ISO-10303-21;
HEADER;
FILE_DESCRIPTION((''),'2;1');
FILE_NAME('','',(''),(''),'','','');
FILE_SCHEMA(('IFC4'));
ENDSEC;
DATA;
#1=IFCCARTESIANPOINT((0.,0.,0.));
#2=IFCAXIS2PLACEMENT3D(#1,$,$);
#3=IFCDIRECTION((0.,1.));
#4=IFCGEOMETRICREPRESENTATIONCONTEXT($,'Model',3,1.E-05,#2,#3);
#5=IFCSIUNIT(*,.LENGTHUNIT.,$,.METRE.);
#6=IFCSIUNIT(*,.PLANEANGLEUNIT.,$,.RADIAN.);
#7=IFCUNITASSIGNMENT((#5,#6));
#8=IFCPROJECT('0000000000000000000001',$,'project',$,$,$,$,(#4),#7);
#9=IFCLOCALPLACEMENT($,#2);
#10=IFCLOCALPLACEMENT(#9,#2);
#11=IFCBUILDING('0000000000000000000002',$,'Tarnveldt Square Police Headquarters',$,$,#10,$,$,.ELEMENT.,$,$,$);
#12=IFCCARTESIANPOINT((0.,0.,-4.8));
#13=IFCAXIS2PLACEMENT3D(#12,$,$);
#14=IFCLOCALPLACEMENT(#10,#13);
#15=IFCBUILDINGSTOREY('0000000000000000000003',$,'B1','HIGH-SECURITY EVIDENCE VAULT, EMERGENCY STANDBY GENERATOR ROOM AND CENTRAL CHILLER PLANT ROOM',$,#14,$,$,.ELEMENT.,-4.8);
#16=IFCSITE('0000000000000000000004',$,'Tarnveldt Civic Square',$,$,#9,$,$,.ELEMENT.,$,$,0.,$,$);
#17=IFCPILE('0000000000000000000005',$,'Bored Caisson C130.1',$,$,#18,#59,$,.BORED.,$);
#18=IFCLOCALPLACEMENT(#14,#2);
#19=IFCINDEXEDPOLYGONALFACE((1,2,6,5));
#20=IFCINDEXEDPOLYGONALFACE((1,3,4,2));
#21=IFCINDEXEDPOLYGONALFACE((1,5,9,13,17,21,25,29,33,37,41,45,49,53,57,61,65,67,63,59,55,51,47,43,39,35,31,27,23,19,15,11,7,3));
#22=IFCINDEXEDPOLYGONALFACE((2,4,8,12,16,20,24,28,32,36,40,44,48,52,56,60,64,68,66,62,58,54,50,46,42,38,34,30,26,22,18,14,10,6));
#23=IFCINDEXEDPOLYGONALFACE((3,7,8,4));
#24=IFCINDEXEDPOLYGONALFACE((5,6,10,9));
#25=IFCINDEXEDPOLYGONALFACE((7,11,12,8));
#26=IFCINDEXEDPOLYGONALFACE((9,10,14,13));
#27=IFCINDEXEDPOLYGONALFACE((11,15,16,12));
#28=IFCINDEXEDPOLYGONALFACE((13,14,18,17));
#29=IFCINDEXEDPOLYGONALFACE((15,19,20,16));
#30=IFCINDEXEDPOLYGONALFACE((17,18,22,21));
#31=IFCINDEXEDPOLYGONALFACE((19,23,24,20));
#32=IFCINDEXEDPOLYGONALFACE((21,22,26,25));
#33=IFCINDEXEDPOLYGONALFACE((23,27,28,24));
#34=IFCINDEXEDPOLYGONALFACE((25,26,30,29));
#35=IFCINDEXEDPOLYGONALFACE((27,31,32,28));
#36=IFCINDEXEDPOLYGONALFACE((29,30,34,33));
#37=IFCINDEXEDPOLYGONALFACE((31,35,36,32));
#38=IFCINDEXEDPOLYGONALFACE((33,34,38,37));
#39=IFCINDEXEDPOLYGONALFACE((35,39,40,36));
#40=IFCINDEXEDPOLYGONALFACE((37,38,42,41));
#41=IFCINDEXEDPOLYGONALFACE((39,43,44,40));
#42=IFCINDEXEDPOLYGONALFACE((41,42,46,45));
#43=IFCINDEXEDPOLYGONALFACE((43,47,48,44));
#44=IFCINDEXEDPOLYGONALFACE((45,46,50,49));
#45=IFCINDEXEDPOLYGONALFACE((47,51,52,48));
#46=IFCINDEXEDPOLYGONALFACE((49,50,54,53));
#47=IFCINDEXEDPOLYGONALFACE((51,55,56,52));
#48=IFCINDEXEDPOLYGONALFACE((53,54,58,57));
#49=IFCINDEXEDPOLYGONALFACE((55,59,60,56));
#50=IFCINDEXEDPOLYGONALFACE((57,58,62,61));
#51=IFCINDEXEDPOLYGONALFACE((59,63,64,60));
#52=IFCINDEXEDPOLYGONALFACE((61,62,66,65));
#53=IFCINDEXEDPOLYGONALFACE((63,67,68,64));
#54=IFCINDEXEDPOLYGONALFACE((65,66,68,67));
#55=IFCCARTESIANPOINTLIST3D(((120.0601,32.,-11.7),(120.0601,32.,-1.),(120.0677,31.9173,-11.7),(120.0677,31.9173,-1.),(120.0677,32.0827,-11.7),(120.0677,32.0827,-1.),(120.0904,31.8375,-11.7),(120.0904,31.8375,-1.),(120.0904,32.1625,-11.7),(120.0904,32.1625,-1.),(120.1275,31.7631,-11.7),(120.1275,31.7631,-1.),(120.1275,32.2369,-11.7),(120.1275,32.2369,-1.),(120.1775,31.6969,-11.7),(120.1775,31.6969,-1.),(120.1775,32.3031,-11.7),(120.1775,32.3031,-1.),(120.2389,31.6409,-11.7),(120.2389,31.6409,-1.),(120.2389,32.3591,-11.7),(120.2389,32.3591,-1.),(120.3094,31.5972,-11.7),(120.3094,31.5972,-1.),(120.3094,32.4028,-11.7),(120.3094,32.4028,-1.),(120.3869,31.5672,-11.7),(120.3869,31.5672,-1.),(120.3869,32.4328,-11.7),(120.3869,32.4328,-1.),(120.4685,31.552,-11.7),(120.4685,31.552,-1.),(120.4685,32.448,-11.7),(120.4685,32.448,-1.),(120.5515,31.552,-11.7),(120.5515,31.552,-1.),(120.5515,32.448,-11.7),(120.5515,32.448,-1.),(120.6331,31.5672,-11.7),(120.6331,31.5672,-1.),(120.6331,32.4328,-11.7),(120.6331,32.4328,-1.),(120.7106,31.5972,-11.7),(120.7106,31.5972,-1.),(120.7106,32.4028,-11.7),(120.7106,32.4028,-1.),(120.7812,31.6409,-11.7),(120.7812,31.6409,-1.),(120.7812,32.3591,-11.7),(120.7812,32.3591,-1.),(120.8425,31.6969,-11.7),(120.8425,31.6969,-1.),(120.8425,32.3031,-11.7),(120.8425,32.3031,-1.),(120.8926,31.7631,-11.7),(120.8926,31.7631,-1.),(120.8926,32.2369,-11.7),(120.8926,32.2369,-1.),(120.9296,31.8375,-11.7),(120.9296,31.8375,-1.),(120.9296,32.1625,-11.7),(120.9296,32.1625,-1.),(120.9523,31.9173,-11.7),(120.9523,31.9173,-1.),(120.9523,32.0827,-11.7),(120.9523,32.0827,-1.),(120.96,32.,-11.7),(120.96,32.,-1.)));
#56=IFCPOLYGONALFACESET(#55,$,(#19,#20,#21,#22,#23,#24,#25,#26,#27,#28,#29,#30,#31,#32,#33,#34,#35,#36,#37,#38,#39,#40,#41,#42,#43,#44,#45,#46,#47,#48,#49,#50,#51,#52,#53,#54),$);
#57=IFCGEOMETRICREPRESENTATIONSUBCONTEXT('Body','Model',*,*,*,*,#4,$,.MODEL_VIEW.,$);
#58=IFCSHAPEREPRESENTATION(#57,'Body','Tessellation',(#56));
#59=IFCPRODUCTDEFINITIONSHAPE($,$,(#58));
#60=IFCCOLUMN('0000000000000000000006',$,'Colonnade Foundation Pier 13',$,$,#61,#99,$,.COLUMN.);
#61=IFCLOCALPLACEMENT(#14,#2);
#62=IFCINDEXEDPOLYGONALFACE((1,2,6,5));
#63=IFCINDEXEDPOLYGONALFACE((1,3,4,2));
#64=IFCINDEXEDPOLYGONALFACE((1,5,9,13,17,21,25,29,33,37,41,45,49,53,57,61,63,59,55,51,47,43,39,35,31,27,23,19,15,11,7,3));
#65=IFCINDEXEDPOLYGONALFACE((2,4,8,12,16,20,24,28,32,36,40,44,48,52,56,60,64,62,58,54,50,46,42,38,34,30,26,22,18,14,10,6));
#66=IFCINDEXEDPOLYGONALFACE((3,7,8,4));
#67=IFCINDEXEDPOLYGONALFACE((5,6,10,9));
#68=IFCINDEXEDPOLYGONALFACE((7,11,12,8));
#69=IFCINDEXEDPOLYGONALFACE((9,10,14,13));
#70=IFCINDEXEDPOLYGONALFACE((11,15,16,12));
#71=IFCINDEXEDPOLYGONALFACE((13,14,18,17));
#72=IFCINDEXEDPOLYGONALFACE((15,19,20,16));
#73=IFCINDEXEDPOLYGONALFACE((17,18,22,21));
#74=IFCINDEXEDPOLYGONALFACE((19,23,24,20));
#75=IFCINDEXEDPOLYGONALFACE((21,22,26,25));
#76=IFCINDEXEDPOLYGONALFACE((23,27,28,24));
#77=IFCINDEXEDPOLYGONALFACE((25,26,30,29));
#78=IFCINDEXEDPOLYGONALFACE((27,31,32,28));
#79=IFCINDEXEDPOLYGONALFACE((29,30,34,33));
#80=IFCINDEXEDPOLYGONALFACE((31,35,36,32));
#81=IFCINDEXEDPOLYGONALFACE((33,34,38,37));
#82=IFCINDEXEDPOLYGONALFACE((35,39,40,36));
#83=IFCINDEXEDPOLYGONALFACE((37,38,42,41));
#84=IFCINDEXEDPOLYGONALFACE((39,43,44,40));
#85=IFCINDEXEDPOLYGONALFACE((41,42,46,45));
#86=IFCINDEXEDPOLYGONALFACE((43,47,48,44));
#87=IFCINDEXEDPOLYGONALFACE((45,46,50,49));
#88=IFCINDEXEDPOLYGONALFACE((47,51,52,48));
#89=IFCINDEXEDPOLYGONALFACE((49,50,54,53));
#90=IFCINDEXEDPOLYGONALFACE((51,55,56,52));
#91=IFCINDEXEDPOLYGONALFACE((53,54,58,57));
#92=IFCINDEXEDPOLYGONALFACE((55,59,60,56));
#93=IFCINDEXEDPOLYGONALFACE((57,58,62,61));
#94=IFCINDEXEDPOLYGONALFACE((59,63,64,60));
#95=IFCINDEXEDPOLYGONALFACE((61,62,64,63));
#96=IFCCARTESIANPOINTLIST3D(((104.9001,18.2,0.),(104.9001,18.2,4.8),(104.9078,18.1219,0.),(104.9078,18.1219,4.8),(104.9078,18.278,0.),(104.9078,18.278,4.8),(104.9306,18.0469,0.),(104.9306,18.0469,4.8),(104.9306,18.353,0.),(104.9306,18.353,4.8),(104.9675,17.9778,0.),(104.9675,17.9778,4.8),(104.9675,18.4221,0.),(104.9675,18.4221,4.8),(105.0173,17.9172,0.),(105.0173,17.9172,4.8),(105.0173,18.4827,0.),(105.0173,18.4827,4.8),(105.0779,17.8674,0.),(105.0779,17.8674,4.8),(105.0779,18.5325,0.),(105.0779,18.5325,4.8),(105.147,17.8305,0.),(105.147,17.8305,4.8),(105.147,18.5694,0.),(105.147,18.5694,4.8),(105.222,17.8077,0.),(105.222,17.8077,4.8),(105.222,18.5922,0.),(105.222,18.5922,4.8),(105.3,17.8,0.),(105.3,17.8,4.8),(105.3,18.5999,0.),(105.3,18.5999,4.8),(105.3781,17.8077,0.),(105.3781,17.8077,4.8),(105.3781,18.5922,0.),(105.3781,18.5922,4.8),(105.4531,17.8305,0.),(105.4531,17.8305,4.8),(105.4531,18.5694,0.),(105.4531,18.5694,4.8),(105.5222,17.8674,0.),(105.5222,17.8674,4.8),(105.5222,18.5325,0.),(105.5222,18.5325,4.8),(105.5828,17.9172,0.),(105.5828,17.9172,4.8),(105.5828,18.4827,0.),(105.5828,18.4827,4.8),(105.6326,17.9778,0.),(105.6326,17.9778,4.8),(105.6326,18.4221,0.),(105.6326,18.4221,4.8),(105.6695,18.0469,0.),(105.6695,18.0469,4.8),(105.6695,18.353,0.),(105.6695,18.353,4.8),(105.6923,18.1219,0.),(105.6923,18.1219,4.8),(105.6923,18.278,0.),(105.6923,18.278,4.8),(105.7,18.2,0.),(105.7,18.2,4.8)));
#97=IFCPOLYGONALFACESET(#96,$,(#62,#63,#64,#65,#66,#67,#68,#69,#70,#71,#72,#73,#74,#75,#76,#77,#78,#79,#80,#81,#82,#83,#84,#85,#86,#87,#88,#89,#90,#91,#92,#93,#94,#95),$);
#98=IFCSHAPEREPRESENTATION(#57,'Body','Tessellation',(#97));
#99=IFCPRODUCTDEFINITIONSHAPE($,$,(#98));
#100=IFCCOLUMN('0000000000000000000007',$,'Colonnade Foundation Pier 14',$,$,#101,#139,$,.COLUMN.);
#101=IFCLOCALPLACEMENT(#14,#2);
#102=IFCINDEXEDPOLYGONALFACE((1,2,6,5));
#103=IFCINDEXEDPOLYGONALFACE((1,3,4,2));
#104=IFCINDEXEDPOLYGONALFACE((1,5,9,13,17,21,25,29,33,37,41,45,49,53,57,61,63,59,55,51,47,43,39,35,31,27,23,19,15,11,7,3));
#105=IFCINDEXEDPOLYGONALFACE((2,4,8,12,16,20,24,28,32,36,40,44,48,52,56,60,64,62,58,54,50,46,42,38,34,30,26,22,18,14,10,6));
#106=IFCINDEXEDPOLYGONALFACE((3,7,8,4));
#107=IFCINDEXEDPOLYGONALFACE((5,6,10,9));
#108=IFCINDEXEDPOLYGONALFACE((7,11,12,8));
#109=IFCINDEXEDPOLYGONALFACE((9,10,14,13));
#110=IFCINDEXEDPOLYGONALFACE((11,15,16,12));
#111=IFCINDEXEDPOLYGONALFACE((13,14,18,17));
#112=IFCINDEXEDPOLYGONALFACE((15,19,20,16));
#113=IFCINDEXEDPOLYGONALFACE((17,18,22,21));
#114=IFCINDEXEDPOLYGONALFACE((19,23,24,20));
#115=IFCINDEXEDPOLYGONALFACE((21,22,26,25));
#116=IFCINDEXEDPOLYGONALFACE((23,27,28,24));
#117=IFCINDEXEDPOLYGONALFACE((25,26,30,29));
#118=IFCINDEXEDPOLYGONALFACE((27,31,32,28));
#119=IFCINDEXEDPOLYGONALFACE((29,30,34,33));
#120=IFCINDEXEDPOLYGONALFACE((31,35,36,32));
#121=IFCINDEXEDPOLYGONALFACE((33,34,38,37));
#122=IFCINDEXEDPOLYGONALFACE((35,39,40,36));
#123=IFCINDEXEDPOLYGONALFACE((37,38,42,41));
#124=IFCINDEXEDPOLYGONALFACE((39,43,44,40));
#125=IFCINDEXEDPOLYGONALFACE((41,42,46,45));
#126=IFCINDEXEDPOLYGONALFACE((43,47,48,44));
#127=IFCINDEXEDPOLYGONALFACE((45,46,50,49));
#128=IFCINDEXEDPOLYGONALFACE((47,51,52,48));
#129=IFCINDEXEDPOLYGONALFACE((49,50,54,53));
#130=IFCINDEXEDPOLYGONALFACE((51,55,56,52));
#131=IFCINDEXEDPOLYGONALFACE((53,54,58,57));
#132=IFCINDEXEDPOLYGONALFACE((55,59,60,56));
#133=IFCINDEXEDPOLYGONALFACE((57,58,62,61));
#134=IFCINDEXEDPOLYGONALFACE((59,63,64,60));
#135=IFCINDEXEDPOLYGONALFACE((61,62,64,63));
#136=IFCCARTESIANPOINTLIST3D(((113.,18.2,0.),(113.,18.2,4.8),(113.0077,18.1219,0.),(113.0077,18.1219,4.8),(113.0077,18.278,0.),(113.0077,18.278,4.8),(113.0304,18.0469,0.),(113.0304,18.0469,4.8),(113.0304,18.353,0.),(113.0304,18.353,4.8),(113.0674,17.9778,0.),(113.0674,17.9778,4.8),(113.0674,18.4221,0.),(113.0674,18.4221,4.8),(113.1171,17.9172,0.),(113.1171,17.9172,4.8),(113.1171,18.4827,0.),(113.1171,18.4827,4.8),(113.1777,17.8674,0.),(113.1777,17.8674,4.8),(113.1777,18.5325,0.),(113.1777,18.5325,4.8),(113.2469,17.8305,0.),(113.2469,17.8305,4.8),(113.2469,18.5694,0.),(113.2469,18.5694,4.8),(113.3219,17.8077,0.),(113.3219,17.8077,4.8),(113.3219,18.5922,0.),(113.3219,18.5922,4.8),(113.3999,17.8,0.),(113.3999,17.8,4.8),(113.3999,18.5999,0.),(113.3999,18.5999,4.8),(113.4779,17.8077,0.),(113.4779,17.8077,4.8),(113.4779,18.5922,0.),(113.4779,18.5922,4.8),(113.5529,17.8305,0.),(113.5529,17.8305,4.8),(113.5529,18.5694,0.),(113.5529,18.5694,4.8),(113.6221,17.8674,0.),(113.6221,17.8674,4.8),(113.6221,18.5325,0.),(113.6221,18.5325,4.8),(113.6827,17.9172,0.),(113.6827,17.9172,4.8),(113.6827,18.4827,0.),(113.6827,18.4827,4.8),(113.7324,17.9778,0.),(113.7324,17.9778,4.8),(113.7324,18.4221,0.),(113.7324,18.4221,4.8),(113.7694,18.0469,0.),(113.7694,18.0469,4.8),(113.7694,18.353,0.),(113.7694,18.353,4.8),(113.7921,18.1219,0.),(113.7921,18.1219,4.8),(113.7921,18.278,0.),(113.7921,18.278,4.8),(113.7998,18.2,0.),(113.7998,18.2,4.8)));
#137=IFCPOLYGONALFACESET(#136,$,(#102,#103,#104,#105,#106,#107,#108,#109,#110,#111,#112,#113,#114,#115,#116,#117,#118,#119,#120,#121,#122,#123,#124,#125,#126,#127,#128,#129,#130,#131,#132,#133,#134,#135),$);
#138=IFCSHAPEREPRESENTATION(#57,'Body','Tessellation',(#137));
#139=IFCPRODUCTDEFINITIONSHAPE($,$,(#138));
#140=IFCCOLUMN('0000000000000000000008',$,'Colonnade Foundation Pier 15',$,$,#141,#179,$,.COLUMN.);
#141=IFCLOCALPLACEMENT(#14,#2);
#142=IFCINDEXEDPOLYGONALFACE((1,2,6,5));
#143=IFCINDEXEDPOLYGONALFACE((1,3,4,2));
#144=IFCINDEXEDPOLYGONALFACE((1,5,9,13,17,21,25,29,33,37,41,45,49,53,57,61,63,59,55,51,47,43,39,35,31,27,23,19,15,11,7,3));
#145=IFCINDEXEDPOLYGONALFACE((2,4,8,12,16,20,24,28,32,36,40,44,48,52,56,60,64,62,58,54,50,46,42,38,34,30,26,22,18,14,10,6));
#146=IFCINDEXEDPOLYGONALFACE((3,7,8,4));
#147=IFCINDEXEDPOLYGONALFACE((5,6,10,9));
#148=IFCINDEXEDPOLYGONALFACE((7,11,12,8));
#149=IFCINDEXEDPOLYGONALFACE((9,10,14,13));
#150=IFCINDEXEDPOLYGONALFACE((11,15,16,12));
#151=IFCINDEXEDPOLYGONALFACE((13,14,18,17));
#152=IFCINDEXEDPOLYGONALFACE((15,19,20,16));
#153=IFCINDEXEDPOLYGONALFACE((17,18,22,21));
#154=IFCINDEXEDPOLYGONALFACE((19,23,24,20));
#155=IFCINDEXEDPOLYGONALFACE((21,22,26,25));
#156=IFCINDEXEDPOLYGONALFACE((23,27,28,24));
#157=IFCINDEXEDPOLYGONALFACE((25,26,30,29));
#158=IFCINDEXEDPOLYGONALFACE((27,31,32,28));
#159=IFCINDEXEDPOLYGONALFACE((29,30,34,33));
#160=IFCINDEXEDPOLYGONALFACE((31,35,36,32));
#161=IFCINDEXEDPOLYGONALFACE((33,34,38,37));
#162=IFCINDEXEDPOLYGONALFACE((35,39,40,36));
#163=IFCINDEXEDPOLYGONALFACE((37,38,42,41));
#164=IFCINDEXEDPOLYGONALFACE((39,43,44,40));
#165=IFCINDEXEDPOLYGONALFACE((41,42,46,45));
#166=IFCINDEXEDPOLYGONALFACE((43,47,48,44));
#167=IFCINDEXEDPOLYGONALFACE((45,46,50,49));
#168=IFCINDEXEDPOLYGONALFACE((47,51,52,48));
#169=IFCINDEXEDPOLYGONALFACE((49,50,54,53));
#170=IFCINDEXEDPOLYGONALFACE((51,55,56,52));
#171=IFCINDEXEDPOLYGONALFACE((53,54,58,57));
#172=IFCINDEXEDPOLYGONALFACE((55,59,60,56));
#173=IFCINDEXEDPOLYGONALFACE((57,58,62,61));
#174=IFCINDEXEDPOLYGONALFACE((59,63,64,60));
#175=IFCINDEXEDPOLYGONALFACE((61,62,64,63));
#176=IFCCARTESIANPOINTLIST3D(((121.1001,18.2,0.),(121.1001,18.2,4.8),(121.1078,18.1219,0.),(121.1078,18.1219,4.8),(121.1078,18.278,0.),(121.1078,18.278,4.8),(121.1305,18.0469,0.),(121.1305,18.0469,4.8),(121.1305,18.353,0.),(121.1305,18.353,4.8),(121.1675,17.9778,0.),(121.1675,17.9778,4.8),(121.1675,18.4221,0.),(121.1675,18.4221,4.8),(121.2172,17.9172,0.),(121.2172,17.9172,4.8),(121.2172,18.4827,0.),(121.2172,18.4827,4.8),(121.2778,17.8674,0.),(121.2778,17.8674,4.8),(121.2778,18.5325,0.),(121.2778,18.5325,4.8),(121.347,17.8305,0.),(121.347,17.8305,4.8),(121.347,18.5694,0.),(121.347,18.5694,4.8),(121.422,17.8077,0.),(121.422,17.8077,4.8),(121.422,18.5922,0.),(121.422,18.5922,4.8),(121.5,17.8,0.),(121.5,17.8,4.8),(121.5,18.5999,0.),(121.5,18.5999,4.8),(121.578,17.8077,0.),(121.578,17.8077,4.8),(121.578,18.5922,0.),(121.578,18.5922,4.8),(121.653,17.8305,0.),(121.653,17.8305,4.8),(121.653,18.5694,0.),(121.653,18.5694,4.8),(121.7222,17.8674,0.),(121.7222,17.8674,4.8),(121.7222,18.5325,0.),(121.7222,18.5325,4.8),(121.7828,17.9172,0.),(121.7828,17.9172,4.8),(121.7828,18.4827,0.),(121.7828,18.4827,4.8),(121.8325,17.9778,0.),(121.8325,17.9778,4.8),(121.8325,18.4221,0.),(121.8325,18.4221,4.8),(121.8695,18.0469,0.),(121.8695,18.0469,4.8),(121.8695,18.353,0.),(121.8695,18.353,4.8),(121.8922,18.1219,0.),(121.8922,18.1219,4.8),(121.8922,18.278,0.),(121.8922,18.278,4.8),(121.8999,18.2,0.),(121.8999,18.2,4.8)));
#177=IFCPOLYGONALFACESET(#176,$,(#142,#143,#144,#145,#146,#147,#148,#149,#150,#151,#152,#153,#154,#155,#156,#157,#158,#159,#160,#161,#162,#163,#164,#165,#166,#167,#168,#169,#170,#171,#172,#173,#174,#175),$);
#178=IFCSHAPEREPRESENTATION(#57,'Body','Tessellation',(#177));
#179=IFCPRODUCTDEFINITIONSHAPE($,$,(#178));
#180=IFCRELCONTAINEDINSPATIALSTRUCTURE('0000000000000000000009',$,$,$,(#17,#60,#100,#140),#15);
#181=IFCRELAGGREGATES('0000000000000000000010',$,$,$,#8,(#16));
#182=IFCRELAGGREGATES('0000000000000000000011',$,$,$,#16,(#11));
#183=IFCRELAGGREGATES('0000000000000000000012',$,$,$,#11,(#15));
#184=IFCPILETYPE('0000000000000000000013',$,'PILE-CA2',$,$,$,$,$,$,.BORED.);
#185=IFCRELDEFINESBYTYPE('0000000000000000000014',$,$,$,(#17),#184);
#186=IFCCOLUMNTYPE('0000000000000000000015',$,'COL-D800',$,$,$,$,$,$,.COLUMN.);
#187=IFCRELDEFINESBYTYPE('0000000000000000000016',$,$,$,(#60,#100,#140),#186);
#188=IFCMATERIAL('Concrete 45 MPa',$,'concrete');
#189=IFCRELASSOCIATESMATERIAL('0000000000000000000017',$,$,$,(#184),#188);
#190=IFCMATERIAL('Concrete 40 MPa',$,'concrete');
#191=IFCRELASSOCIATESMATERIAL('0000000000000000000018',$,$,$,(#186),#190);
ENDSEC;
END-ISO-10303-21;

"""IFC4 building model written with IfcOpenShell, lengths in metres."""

from ifc_helpers import new_model, si_unit, direction, frame, origin, origin_2d, place, context, subcontext, project, spatial, circle, extrude, material, material_profile, profile_set, type_object, element, save


model = new_model("IFC4")

# Units and contexts
model_context = context("Model", 3, precision=1e-05, world=origin(), true_north=direction((0.0, 1.0)))
body_context = subcontext(model_context, "Body", "Model", "MODEL_VIEW")
ifc_project = project(units=[si_unit("LENGTHUNIT", "METRE"), si_unit("PLANEANGLEUNIT", "RADIAN")], contexts=[model_context])

# Site, building, storey
site_placement = place(None, origin())
site = spatial("IfcSite", under=ifc_project, at=site_placement, Name="Tarnveldt Civic Square", CompositionType="ELEMENT", RefElevation=0.0)
building_placement = place(site_placement, origin())
building = spatial("IfcBuilding", under=site, at=building_placement, Name="Tarnveldt Square Police Headquarters", CompositionType="ELEMENT")
storey_placement = place(building_placement, frame((0.0, 0.0, -4.8)))
storey = spatial("IfcBuildingStorey", under=building, at=storey_placement, Name="B1", Description="HIGH-SECURITY EVIDENCE VAULT, EMERGENCY STANDBY GENERATOR ROOM AND CENTRAL CHILLER PLANT ROOM", CompositionType="ELEMENT", Elevation=-4.8)

# Shared definitions
ifc_material_1 = material(Name="Concrete 45 MPa", Category="concrete")
ifc_material_2 = material(Name="Concrete 40 MPa", Category="concrete")

# Pile
ifc_material_profile_1 = material_profile(ifc_material_1, circle(Radius=0.45, at=origin_2d()), Name="CAISSON-D900")
ifc_profile_set_1 = profile_set([ifc_material_profile_1], Name="Concrete 45 MPa")
pile_type_1 = type_object("IfcPileType", Name="PILE-CA2", PredefinedType="BORED", material=ifc_profile_set_1)
pile_placement = place(storey_placement, frame((120.51, 32.0, -1.0), z_axis=(0.0, 0.0, -1.0), x_axis=(1.0, 0.0, 0.0)))
element("IfcPile", 1, at=pile_placement, inside=storey, type_object=pile_type_1, Name="Bored Caisson C130.1", PredefinedType="BORED", context=body_context, shape_type="SweptSolid", body=[
    extrude(circle(Radius=0.45, at=origin_2d()), origin(), (0.0, 0.0, 1.0), 10.7),
])

# Columns
ifc_material_profile_2 = material_profile(ifc_material_2, circle(Radius=0.3999, at=origin_2d()), Name="RC-D800")
ifc_profile_set_2 = profile_set([ifc_material_profile_2], Name="Concrete 40 MPa")
column_type_1 = type_object("IfcColumnType", Name="COL-D800", PredefinedType="COLUMN", material=ifc_profile_set_2)
for number, where, z_axis, x_axis, name in (
    (2, (105.3, 18.2, 0.0), (0.0, 0.0, 1.0), (1.0, 0.0, 0.0), "Colonnade Foundation Pier 13"),
    (3, (113.3999, 18.2, 0.0), (0.0, 0.0, 1.0), (1.0, 0.0, 0.0), "Colonnade Foundation Pier 14"),
    (4, (121.5, 18.2, 0.0), (0.0, 0.0, 1.0), (1.0, 0.0, 0.0), "Colonnade Foundation Pier 15"),
):
    element("IfcColumn", number, at=place(storey_placement, frame(where, z_axis=z_axis, x_axis=x_axis)), inside=storey, type_object=column_type_1, Name=name, PredefinedType="COLUMN", context=body_context, shape_type="SweptSolid", body=[
        extrude(circle(Radius=0.3999, at=origin_2d()), origin(), (0.0, 0.0, 1.0), 4.8),
    ])

save(model, "model.ifc")
